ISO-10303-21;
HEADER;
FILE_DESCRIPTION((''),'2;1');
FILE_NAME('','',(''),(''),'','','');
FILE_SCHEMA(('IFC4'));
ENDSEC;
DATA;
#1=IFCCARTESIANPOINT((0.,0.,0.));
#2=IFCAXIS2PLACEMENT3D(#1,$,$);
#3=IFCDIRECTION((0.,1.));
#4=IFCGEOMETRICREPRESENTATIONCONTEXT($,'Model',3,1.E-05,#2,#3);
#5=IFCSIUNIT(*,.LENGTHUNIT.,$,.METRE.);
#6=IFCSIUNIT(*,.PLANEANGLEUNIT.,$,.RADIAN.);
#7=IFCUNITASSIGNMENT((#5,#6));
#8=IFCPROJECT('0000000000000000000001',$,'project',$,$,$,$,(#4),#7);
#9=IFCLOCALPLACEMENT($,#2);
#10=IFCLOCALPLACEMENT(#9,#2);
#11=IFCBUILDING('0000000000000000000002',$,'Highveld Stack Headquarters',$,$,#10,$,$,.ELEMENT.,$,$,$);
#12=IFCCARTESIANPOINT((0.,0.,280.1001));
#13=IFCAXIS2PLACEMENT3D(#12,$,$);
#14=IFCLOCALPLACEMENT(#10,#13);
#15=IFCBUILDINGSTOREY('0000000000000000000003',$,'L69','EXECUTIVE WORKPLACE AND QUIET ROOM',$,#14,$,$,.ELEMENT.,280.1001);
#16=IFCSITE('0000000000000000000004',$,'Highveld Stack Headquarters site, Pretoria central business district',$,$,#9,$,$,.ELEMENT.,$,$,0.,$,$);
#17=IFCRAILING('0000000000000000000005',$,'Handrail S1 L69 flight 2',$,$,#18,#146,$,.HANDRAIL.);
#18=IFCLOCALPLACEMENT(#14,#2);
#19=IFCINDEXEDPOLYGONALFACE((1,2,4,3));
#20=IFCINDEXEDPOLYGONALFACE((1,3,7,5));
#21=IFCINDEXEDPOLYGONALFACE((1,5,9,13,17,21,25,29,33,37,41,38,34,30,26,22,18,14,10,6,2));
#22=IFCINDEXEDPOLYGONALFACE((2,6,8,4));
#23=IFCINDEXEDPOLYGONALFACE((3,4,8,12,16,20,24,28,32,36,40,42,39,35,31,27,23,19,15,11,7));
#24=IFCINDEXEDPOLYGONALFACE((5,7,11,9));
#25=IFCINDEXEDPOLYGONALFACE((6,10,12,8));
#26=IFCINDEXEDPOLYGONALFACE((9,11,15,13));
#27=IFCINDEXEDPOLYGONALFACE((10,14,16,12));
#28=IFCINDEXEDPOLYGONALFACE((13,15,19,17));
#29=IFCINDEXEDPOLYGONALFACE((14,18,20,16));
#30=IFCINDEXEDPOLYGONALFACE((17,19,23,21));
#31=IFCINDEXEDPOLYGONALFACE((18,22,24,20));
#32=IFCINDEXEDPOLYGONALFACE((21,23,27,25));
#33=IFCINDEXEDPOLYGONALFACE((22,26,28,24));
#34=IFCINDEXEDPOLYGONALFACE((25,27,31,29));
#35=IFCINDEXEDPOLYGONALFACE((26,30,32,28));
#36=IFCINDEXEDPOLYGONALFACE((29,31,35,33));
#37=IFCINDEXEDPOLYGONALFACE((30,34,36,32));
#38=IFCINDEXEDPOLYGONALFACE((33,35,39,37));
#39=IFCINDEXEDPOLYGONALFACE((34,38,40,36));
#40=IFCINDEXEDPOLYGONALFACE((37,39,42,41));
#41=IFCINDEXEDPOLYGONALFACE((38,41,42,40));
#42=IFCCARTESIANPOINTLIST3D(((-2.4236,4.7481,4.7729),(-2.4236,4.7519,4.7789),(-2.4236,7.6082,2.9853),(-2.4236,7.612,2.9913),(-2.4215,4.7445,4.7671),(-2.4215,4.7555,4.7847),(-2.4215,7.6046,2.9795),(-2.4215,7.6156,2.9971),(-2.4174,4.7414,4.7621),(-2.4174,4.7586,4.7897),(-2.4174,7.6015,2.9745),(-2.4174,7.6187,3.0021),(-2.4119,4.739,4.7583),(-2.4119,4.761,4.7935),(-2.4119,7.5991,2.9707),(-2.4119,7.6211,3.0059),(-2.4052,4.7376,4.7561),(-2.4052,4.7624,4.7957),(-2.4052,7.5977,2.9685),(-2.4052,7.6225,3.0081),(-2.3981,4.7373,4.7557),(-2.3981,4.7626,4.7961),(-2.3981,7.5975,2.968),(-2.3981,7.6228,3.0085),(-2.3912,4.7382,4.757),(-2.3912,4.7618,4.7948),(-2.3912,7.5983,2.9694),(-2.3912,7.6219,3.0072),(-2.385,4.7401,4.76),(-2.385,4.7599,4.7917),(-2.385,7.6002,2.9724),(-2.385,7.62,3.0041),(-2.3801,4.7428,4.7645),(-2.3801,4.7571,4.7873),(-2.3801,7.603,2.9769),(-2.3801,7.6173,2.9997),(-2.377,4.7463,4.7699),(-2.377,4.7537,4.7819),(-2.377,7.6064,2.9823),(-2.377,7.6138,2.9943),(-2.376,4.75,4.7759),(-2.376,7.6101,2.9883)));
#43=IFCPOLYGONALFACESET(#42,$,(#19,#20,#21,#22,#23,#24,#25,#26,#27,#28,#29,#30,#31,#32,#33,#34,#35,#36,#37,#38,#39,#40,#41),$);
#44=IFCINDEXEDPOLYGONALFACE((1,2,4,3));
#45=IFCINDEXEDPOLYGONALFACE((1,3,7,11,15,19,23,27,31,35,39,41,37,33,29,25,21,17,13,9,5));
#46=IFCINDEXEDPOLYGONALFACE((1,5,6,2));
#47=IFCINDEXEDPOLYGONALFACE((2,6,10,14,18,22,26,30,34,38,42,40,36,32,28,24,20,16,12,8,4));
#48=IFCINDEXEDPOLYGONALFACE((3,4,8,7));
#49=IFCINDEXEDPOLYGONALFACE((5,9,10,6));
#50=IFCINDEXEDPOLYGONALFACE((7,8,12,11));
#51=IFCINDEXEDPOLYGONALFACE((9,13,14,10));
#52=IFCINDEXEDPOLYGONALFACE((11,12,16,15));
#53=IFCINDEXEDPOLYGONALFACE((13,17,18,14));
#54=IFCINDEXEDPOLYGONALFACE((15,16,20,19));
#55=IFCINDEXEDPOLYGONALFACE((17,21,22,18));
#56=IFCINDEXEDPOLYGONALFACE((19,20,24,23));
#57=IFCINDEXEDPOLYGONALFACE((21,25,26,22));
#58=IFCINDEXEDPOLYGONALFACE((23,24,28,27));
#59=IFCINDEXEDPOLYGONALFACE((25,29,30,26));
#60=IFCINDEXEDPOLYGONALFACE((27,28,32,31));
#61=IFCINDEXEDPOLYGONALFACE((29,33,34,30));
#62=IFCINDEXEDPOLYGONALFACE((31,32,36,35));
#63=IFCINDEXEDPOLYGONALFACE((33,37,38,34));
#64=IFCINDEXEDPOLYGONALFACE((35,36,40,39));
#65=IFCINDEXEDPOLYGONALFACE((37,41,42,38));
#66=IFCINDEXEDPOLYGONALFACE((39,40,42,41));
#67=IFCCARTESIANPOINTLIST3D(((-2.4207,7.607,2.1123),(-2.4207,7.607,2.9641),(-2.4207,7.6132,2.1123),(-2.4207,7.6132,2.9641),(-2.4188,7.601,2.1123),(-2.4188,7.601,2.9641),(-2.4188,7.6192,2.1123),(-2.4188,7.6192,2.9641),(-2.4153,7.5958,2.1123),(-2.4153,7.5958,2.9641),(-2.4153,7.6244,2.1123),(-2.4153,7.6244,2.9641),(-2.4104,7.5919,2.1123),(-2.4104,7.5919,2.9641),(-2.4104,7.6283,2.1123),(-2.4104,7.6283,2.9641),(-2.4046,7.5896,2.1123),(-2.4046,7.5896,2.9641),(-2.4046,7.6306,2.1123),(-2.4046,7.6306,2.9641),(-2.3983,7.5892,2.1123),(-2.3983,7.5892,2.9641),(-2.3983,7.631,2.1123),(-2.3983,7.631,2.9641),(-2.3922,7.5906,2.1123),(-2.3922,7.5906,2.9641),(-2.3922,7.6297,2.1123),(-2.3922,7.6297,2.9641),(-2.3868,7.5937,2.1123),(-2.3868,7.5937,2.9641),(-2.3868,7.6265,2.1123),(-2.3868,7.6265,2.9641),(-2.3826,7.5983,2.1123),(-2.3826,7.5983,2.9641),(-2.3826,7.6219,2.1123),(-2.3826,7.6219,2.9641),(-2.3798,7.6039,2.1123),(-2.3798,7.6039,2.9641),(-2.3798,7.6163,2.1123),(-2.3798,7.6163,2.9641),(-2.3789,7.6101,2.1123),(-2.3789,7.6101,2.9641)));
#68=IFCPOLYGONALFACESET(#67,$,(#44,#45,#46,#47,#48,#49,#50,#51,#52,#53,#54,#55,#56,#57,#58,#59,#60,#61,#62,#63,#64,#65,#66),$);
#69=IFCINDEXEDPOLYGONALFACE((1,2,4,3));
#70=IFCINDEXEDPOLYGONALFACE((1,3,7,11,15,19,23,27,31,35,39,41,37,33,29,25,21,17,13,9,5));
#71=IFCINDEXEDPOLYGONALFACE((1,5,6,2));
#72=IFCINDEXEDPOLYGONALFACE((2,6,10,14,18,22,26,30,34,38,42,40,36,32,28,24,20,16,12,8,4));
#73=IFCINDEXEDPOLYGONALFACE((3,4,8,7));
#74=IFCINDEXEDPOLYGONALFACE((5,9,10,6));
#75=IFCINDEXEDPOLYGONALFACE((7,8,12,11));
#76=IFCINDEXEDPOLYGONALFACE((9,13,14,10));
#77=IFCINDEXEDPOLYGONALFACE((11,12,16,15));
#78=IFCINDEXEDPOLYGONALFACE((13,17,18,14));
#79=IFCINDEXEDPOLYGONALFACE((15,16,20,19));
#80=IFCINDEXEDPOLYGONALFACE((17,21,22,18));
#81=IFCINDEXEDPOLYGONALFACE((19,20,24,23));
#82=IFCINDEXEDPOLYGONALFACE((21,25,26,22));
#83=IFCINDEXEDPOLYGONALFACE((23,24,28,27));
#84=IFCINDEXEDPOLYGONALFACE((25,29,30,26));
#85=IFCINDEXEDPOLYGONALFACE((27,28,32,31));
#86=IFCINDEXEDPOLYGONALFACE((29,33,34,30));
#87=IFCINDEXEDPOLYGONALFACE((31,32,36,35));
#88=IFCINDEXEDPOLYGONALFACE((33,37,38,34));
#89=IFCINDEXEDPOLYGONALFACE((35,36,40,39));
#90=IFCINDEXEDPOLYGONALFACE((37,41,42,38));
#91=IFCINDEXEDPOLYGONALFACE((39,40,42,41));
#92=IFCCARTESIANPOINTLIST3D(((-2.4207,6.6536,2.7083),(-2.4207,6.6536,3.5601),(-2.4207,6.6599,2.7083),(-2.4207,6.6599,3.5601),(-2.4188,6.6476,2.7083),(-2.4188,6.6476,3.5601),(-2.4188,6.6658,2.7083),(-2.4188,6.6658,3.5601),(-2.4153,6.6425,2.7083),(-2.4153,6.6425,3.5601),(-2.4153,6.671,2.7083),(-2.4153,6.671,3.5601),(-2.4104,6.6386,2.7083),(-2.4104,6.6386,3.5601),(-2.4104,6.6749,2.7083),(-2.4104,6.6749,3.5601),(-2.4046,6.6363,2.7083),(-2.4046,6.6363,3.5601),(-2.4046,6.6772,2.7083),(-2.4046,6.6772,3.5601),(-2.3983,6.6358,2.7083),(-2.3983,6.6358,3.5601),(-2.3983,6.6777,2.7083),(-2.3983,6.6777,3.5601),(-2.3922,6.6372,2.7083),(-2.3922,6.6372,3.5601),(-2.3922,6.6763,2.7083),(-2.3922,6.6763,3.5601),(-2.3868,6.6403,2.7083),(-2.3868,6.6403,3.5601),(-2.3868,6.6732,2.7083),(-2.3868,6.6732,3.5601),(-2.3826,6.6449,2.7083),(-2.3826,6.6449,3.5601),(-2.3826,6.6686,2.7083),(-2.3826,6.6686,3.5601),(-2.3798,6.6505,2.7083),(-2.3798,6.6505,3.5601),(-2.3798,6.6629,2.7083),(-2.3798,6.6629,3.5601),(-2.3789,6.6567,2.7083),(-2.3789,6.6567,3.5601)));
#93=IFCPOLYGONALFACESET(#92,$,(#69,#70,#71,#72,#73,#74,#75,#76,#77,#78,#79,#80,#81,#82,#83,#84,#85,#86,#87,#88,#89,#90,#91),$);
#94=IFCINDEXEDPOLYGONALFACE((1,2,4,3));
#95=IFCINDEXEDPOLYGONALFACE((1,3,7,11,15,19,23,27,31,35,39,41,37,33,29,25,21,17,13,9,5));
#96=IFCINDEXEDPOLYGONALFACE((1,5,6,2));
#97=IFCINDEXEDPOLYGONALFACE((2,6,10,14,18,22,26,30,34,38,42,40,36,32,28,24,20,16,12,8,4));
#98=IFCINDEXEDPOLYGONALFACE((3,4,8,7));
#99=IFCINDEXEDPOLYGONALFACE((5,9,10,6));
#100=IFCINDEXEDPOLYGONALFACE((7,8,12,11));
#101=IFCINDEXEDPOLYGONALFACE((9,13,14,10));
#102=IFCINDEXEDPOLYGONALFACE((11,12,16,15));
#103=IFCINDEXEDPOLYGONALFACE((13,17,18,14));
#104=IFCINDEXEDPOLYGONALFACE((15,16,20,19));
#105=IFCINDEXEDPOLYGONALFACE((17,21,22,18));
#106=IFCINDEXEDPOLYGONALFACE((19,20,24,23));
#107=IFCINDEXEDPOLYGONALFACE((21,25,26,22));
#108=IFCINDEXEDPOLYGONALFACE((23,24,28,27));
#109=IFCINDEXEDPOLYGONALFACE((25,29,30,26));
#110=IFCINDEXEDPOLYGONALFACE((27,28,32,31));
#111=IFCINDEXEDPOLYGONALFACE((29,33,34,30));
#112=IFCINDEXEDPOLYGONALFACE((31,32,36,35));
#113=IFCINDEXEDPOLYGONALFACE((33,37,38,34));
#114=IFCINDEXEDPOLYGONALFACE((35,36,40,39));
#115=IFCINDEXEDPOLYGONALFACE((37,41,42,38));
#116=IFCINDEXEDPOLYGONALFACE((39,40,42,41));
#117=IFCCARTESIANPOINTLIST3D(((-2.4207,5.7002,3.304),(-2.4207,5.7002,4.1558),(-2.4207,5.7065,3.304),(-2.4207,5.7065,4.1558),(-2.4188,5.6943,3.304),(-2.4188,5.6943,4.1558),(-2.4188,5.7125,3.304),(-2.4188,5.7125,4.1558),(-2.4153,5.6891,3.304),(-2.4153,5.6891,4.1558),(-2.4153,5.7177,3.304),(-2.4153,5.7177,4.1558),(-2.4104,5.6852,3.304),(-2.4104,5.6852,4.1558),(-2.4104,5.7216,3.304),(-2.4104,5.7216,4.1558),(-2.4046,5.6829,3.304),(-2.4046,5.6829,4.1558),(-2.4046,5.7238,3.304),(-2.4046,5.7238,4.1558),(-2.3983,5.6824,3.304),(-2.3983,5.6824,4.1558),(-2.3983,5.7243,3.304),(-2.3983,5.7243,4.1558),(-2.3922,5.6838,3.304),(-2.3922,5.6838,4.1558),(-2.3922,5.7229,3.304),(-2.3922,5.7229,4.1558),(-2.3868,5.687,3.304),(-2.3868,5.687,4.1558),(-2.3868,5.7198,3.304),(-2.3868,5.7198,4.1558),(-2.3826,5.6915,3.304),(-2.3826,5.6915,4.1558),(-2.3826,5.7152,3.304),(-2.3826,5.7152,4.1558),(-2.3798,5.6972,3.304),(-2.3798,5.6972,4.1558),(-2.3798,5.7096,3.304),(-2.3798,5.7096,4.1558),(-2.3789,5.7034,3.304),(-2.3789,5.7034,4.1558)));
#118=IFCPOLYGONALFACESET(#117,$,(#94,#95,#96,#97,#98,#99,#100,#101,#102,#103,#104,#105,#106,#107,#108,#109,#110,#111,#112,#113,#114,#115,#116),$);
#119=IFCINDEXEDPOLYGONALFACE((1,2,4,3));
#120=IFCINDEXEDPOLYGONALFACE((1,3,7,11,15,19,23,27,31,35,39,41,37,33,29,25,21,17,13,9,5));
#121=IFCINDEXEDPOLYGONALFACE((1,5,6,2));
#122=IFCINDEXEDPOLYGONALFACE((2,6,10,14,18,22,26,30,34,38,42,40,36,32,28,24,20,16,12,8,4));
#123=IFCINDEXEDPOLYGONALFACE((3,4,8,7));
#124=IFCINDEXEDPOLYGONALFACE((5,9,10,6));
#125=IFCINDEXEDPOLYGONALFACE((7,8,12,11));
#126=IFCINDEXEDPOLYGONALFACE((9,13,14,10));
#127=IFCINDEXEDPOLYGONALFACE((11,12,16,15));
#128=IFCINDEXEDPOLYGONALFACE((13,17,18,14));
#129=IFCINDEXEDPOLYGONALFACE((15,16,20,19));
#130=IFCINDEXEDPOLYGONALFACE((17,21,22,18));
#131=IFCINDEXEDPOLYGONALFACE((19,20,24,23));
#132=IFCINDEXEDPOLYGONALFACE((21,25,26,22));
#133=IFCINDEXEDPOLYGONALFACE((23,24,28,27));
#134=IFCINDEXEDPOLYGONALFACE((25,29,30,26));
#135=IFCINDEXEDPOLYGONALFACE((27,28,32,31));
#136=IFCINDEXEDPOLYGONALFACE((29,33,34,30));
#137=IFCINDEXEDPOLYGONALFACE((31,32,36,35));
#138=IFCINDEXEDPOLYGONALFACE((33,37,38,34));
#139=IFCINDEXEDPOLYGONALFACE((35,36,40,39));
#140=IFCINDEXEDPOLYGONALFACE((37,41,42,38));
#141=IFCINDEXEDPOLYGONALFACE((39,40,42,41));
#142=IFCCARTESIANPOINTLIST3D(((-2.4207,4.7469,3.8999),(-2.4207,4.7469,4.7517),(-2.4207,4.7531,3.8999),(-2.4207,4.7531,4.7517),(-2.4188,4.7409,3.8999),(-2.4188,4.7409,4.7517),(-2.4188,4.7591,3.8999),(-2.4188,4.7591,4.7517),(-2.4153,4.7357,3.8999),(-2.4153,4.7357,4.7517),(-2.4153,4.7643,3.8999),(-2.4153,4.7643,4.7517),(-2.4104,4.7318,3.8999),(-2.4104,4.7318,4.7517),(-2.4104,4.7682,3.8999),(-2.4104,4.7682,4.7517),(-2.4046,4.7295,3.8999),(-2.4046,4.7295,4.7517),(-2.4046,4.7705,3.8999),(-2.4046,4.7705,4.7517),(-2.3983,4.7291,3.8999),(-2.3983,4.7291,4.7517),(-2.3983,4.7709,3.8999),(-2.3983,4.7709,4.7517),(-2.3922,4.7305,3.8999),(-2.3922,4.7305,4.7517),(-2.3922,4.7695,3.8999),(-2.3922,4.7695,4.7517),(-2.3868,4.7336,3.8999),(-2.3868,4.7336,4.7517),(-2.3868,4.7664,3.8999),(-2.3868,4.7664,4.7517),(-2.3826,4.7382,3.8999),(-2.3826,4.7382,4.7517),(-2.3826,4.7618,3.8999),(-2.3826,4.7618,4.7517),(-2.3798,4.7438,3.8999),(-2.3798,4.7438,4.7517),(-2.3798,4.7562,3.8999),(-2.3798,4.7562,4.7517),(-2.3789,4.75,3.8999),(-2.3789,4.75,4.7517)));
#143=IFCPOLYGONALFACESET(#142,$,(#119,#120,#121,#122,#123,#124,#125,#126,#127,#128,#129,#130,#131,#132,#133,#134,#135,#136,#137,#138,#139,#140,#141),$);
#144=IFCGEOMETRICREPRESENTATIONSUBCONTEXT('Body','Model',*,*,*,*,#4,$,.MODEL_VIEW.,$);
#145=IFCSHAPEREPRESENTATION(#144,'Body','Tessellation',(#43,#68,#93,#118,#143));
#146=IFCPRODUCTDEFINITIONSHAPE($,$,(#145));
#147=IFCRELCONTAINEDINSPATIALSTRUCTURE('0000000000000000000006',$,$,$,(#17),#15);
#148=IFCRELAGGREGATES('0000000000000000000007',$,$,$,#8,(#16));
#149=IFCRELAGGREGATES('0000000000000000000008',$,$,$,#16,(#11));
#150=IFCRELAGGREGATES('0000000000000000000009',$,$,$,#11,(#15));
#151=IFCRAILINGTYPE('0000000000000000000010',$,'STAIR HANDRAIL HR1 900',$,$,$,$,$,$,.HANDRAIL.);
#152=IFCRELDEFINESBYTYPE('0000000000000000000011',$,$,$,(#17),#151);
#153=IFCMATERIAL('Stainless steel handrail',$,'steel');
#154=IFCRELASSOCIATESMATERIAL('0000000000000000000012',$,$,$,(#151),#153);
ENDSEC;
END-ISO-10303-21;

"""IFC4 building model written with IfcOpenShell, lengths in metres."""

from ifc_helpers import new_model, si_unit, direction, frame, origin, origin_2d, place, context, subcontext, project, spatial, circle, extrude, material, type_object, element, save


model = new_model("IFC4")

# Units and contexts
model_context = context("Model", 3, precision=1e-05, world=origin(), true_north=direction((0.0, 1.0)))
body_context = subcontext(model_context, "Body", "Model", "MODEL_VIEW")
ifc_project = project(units=[si_unit("LENGTHUNIT", "METRE"), si_unit("PLANEANGLEUNIT", "RADIAN")], contexts=[model_context])

# Site, building, storey
site_placement = place(None, origin())
site = spatial("IfcSite", under=ifc_project, at=site_placement, Name="Highveld Stack Headquarters site, Pretoria central business district", CompositionType="ELEMENT", RefElevation=0.0)
building_placement = place(site_placement, origin())
building = spatial("IfcBuilding", under=site, at=building_placement, Name="Highveld Stack Headquarters", CompositionType="ELEMENT")
storey_placement = place(building_placement, frame((0.0, 0.0, 280.1001)))
storey = spatial("IfcBuildingStorey", under=building, at=storey_placement, Name="L69", Description="EXECUTIVE WORKPLACE AND QUIET ROOM", CompositionType="ELEMENT", Elevation=280.1001)

# Railing
ifc_material_1 = material(Name="Stainless steel handrail", Category="steel")
railing_type = type_object("IfcRailingType", Name="STAIR HANDRAIL HR1 900", PredefinedType="HANDRAIL", material=ifc_material_1)
for number, where, name in (
    (1, (-2.3999, 7.6101, 2.1123), "Handrail S1 L69 flight 2"),
):
    element("IfcRailing", number, at=place(storey_placement, frame(where)), inside=storey, type_object=railing_type, Name=name, PredefinedType="HANDRAIL", context=body_context, shape_type="SweptSolid", body=[
        extrude(circle(Radius=0.0239, at=origin_2d()), frame((0.0, 0.0, 0.876), z_axis=(0.0, -0.847994, 0.530005), x_axis=(1.0, 0.0, 0.0)), (0.0, 0.0, 1.0), 3.3728),
        extrude(circle(Radius=0.021, at=origin_2d()), origin(), (0.0, 0.0, 1.0), 0.8518),
        extrude(circle(Radius=0.021, at=origin_2d()), frame((0.0, -0.9534, 0.5959)), (0.0, 0.0, 1.0), 0.8518),
        extrude(circle(Radius=0.021, at=origin_2d()), frame((0.0, -1.9067, 1.1917)), (0.0, 0.0, 1.0), 0.8518),
        extrude(circle(Radius=0.021, at=origin_2d()), frame((0.0, -2.8601, 1.7876)), (0.0, 0.0, 1.0), 0.8518),
    ])

save(model, "model.ifc")
